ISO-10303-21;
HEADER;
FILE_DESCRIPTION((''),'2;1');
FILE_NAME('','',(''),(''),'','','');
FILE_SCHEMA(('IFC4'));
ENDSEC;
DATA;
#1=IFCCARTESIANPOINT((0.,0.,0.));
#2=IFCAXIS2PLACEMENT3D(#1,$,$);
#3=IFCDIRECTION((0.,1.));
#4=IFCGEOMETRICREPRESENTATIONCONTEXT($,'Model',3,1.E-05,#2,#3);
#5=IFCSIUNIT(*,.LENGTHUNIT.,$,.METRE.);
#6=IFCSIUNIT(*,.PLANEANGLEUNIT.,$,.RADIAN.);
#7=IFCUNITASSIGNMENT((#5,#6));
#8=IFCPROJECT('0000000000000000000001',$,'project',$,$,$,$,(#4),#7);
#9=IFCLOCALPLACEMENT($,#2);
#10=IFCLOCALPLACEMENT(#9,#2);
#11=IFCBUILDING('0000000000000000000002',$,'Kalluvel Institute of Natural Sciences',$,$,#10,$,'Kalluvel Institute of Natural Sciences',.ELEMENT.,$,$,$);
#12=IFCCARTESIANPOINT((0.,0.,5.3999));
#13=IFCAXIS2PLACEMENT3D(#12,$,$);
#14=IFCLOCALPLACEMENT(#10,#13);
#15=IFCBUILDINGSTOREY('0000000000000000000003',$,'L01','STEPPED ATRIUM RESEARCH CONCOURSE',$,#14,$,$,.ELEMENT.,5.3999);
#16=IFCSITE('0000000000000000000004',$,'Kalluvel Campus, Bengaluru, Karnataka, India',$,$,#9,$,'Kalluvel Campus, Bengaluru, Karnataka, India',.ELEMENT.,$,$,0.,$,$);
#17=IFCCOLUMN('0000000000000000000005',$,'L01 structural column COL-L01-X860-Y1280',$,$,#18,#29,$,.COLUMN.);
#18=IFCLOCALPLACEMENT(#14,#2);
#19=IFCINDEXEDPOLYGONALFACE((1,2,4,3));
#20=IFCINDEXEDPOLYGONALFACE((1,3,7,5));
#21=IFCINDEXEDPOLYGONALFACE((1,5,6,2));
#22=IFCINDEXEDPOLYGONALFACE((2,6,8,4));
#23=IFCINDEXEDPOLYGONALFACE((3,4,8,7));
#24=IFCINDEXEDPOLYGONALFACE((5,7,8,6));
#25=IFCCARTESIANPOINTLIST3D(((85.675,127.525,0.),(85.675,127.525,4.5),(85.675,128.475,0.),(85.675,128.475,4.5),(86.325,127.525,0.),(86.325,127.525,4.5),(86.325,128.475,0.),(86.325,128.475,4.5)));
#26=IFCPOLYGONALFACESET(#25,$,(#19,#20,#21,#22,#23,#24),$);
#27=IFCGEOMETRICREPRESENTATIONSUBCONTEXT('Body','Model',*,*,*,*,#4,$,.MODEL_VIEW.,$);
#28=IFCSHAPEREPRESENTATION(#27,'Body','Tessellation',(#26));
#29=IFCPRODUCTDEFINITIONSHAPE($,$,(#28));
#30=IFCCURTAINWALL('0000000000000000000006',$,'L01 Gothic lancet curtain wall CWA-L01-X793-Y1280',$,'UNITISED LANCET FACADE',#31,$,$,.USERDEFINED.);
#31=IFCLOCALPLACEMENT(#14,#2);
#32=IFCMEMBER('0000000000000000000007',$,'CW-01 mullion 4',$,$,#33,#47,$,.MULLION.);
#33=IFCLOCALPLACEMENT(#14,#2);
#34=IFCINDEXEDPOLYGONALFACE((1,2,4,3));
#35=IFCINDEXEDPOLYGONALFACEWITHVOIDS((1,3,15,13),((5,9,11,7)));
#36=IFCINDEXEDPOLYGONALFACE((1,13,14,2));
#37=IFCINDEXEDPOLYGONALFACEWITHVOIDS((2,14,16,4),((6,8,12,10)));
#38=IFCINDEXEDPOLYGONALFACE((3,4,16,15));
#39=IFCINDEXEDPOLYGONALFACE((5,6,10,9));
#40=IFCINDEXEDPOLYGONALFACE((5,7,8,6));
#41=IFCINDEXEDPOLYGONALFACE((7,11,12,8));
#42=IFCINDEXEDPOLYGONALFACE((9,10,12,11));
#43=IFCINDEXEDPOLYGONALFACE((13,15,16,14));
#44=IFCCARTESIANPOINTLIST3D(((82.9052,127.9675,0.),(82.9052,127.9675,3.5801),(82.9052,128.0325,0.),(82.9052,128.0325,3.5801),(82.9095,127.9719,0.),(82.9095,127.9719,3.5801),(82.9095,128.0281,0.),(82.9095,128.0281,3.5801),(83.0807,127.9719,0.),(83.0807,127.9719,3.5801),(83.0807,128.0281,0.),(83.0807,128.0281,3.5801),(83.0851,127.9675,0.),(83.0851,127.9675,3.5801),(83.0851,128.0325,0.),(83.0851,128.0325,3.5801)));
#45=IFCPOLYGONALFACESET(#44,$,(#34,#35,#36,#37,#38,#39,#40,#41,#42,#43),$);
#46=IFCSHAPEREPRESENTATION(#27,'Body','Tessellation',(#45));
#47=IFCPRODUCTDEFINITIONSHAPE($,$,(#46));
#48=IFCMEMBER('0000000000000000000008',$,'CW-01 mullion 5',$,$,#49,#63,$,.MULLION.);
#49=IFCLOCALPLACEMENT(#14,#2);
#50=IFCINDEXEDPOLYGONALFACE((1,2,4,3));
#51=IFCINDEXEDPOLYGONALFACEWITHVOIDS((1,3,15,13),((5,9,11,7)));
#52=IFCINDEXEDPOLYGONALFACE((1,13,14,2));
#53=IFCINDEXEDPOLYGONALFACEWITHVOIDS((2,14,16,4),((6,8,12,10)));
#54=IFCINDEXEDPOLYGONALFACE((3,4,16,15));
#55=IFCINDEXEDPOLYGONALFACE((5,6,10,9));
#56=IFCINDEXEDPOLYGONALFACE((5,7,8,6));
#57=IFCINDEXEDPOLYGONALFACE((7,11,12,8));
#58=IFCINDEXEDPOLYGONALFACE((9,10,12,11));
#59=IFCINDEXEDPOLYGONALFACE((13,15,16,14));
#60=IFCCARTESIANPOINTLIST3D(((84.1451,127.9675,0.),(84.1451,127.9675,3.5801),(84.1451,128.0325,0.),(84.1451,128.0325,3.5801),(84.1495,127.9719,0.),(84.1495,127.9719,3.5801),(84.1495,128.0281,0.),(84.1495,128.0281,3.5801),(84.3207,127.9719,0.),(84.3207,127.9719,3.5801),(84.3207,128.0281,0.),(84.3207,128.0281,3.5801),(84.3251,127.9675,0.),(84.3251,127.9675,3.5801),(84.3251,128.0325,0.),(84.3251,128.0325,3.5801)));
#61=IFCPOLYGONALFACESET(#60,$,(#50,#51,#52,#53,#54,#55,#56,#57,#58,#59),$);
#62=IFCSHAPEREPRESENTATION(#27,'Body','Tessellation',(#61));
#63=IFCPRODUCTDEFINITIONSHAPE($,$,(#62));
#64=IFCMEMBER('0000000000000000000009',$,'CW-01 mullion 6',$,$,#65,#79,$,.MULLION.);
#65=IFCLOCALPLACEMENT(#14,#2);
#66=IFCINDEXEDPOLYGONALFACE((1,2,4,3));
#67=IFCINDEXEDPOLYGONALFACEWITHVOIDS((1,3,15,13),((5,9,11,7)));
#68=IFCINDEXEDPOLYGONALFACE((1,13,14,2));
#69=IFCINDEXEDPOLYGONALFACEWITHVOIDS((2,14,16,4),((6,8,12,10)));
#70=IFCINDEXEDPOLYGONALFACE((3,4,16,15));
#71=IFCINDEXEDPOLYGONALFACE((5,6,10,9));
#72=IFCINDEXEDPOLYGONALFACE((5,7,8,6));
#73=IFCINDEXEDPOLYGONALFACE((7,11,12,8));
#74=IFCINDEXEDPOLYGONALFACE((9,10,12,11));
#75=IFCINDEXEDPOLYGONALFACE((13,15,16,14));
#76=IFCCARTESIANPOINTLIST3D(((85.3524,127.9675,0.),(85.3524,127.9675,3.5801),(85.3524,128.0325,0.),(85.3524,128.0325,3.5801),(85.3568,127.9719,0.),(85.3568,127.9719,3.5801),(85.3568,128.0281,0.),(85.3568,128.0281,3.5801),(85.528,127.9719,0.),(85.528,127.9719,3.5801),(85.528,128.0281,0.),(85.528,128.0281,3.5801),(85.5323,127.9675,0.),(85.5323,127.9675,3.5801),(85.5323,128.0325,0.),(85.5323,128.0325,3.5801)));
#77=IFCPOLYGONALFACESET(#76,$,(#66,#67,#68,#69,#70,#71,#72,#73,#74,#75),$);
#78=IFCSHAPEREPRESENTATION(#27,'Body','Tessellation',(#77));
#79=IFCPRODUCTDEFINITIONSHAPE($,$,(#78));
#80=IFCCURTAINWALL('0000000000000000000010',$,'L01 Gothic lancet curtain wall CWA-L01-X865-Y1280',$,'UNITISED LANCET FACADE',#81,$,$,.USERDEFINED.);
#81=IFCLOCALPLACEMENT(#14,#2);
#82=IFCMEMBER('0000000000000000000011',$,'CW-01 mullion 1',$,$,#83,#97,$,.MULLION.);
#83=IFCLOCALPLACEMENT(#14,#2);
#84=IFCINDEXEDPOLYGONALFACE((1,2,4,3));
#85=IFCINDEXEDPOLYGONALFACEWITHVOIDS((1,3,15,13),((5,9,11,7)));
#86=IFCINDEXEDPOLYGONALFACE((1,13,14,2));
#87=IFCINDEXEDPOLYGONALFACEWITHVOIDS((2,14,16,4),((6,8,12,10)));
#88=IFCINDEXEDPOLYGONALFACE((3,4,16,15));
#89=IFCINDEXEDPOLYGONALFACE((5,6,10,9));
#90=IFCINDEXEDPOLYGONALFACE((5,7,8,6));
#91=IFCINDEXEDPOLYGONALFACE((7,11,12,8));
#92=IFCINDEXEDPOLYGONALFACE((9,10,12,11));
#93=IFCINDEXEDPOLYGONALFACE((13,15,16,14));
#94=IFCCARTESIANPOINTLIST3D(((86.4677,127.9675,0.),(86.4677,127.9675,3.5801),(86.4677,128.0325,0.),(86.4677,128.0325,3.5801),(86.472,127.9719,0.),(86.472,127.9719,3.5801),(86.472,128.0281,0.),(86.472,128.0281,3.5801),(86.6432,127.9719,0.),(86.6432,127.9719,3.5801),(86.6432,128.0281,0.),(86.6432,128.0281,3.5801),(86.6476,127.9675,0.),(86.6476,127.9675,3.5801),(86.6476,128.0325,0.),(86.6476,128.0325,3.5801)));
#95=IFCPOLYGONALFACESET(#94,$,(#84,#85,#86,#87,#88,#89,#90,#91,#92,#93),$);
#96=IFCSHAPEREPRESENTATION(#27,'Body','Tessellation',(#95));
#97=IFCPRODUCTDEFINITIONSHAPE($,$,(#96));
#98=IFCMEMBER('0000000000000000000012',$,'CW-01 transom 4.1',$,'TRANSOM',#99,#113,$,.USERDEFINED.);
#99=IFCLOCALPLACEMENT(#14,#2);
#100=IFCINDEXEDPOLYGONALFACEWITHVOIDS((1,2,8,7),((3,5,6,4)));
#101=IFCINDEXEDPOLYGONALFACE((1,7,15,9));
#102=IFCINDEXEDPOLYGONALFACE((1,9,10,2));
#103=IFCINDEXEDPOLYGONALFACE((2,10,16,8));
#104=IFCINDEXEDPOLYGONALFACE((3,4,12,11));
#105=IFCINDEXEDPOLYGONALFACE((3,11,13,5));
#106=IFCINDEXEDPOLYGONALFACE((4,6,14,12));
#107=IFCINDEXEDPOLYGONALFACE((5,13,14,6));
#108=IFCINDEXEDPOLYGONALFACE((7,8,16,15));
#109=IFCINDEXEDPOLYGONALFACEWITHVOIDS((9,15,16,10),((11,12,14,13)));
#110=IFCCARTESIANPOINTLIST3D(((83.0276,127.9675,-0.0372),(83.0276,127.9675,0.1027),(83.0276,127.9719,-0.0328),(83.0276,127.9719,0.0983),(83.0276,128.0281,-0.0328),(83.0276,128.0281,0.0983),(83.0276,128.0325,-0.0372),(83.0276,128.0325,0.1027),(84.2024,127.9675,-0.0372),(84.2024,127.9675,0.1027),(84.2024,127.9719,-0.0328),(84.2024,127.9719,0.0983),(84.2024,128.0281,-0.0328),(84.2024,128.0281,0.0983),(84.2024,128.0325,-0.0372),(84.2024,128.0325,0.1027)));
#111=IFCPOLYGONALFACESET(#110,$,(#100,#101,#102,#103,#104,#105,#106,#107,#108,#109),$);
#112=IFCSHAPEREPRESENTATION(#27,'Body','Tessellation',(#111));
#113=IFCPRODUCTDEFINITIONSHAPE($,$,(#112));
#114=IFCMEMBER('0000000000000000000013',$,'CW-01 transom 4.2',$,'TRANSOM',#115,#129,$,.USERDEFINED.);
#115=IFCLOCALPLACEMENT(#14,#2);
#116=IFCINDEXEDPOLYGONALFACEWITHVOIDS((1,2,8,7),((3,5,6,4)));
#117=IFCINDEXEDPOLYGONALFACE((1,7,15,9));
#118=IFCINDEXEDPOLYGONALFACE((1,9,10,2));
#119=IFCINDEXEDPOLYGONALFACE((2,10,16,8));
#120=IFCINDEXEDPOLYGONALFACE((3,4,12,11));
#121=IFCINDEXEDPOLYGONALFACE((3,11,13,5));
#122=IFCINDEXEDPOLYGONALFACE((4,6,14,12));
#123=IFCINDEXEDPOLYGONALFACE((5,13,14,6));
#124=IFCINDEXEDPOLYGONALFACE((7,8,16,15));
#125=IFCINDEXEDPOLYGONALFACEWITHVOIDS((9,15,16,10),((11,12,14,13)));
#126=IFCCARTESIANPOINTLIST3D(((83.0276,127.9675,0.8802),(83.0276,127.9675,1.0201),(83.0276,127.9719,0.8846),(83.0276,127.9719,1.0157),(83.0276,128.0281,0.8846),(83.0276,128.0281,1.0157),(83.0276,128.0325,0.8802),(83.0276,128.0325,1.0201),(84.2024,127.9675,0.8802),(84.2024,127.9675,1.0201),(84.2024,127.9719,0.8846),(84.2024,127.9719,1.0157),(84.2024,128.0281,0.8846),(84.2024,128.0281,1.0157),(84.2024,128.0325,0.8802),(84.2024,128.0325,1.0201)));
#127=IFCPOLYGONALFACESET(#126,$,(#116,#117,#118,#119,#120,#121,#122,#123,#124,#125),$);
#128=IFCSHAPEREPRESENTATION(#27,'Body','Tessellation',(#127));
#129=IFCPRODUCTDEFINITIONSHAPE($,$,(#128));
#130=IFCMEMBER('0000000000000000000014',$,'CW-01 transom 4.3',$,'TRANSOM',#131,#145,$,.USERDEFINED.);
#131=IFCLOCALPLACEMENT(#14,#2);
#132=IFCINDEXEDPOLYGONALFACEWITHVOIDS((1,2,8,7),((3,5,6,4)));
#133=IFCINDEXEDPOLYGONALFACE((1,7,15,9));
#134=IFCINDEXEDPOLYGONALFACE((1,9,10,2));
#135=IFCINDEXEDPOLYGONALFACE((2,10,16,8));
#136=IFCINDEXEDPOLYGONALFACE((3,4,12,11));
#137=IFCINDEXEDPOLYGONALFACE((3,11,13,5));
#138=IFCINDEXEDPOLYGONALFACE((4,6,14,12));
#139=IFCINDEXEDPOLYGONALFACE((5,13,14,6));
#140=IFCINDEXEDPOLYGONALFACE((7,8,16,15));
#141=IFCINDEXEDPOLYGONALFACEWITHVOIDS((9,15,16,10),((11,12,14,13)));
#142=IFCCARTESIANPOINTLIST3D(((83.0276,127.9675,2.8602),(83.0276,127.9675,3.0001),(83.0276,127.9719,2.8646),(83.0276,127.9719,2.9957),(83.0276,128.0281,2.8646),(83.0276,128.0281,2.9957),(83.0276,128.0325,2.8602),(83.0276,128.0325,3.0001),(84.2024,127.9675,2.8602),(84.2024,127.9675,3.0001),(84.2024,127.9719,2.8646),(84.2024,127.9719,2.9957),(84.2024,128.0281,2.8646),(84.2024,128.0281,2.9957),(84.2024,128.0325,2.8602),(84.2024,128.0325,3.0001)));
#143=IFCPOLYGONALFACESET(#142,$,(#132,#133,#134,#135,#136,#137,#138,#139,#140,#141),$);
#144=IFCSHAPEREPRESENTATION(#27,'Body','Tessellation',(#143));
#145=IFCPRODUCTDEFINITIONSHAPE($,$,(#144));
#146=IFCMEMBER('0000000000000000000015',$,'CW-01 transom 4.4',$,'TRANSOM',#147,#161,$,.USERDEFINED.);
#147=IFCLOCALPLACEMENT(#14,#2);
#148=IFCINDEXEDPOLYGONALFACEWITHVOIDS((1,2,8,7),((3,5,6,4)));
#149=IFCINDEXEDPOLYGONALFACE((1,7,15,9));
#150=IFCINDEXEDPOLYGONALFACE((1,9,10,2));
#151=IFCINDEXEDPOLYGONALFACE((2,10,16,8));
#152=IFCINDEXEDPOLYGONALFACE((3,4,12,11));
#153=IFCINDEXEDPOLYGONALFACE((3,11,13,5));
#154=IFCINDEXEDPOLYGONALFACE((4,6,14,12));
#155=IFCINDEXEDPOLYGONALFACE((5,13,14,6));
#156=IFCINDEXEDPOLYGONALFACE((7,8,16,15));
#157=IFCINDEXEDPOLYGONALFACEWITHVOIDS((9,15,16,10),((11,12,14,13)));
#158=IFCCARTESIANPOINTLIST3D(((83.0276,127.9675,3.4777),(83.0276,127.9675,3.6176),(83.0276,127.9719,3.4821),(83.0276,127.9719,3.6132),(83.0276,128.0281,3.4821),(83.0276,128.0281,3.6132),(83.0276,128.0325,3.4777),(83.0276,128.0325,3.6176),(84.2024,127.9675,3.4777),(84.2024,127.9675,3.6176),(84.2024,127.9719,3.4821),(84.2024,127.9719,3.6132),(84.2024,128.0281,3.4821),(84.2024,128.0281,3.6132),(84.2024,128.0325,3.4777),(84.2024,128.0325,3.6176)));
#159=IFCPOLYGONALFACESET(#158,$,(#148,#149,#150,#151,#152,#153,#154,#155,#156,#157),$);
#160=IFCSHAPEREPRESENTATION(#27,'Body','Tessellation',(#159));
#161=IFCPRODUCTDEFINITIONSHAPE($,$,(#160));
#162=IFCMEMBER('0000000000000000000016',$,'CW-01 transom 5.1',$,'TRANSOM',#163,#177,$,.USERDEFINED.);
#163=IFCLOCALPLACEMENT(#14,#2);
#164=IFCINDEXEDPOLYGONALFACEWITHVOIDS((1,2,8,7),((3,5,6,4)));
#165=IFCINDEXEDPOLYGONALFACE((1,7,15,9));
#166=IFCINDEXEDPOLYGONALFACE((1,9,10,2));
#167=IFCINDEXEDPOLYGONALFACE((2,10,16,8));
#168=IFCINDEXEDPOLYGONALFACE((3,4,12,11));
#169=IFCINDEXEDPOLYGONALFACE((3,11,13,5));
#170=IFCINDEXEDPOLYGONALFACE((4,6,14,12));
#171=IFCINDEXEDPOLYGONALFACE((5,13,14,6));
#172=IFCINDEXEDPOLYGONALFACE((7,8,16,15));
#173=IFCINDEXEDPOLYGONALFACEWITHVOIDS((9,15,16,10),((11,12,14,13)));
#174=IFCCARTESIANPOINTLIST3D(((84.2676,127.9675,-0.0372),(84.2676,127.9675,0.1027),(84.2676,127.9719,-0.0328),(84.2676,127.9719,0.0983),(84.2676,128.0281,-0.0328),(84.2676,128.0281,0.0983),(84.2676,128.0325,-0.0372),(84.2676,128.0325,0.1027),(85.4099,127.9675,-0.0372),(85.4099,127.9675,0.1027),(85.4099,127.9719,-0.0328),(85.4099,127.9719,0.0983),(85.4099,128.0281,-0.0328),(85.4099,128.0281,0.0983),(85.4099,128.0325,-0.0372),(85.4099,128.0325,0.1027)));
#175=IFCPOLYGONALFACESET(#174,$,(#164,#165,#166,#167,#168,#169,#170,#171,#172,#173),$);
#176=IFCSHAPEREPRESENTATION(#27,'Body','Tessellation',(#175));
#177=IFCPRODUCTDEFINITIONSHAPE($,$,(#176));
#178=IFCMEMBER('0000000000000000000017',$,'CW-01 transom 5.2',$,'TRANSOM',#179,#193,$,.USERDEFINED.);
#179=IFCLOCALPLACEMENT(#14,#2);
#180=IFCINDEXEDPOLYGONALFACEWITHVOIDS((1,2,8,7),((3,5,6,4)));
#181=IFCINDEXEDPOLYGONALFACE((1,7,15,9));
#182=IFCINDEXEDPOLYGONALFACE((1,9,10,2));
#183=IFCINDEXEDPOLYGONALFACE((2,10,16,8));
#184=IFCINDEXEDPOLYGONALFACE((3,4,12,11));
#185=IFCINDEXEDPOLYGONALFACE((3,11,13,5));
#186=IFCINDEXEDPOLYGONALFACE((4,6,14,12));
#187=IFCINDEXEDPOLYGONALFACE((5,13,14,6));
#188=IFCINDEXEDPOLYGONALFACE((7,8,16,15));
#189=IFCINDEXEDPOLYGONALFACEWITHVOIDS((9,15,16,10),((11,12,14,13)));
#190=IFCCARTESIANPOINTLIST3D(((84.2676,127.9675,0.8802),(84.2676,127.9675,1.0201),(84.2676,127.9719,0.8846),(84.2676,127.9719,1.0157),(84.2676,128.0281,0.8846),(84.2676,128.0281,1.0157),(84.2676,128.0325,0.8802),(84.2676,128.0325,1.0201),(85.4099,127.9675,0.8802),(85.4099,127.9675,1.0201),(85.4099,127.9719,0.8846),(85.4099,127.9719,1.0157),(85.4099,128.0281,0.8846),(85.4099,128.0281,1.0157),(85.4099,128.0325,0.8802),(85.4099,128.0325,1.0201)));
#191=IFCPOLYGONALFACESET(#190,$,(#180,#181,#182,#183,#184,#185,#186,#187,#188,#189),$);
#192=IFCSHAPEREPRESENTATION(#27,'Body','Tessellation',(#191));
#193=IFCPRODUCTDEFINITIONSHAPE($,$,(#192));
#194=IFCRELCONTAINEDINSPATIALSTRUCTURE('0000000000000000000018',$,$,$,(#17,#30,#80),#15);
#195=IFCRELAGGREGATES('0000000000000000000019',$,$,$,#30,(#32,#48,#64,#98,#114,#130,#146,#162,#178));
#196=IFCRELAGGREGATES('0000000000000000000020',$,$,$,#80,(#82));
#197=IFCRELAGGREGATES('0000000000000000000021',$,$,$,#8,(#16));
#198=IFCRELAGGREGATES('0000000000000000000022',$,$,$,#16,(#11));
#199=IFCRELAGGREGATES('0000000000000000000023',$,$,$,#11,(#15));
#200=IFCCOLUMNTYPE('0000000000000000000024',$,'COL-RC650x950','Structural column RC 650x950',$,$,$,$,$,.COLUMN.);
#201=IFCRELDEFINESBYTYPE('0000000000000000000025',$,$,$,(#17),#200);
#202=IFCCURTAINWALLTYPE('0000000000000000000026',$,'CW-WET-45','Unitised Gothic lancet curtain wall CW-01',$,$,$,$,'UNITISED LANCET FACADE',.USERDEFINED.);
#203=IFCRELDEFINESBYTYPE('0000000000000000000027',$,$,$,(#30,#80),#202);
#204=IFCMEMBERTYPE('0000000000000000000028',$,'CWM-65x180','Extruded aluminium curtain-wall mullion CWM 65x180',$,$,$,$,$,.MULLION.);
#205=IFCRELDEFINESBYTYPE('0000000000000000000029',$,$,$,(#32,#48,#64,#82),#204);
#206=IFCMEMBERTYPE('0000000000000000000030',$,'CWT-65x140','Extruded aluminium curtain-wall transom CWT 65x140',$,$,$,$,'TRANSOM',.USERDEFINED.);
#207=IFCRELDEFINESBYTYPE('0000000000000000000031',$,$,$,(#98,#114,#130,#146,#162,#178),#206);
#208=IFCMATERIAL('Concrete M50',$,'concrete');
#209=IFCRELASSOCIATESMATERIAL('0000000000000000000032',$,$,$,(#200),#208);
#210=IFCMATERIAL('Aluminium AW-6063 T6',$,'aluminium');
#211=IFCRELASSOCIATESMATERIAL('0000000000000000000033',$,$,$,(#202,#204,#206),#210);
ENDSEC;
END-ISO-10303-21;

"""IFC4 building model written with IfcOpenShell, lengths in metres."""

from ifc_helpers import new_model, si_unit, direction, frame, origin, origin_2d, place, context, subcontext, project, spatial, rectangle, hollow_rectangle, extrude, material, material_profile, profile_set, type_object, element, aggregate, save


model = new_model("IFC4")

# Units and contexts
model_context = context("Model", 3, precision=1e-05, world=origin(), true_north=direction((0.0, 1.0)))
body_context = subcontext(model_context, "Body", "Model", "MODEL_VIEW")
ifc_project = project(units=[si_unit("LENGTHUNIT", "METRE"), si_unit("PLANEANGLEUNIT", "RADIAN")], contexts=[model_context])

# Site, building, storey
site_placement = place(None, origin())
site = spatial("IfcSite", under=ifc_project, at=site_placement, Name="Kalluvel Campus, Bengaluru, Karnataka, India", LongName="Kalluvel Campus, Bengaluru, Karnataka, India", CompositionType="ELEMENT", RefElevation=0.0)
building_placement = place(site_placement, origin())
building = spatial("IfcBuilding", under=site, at=building_placement, Name="Kalluvel Institute of Natural Sciences", LongName="Kalluvel Institute of Natural Sciences", CompositionType="ELEMENT")
storey_placement = place(building_placement, frame((0.0, 0.0, 5.3999)))
storey = spatial("IfcBuildingStorey", under=building, at=storey_placement, Name="L01", Description="STEPPED ATRIUM RESEARCH CONCOURSE", CompositionType="ELEMENT", Elevation=5.3999)

# Column
ifc_material_1 = material(Name="Concrete M50", Category="concrete")
ifc_material_profile_1 = material_profile(ifc_material_1, rectangle(XDim=0.6499, YDim=0.95, at=origin_2d()), Name="RC 650x950")
ifc_profile_set_1 = profile_set([ifc_material_profile_1], Name="Concrete M50")
column_type = type_object("IfcColumnType", Name="COL-RC650x950", Description="Structural column RC 650x950", PredefinedType="COLUMN", material=ifc_profile_set_1)
column_placement = place(storey_placement, frame((86.0, 128.0, 0.0), z_axis=(0.0, 0.0, 1.0), x_axis=(1.0, 0.0, 0.0)))
element("IfcColumn", 1, at=column_placement, inside=storey, type_object=column_type, Name="L01 structural column COL-L01-X860-Y1280", PredefinedType="COLUMN", context=body_context, shape_type="SweptSolid", body=[
    extrude(rectangle(XDim=0.6499, YDim=0.95, at=origin_2d()), origin(), (0.0, 0.0, 1.0), 4.5),
])

# Curtain wall, members
ifc_material_2 = material(Name="Aluminium AW-6063 T6", Category="aluminium")
curtain_wall_type = type_object("IfcCurtainWallType", Name="CW-WET-45", Description="Unitised Gothic lancet curtain wall CW-01", ElementType="UNITISED LANCET FACADE", PredefinedType="USERDEFINED", material=ifc_material_2)
curtain_wall_1_placement = place(storey_placement, origin())
curtain_wall_1 = element("IfcCurtainWall", 2, at=curtain_wall_1_placement, inside=storey, type_object=curtain_wall_type, Name="L01 Gothic lancet curtain wall CWA-L01-X793-Y1280", ObjectType="UNITISED LANCET FACADE", PredefinedType="USERDEFINED")
ifc_material_profile_2 = material_profile(ifc_material_2, hollow_rectangle(XDim=0.0649, YDim=0.1799, WallThickness=0.0044, at=origin_2d()), Name="CWM 65x180")
ifc_profile_set_2 = profile_set([ifc_material_profile_2], Name="Aluminium AW-6063 T6")
member_type_1 = type_object("IfcMemberType", Name="CWM-65x180", Description="Extruded aluminium curtain-wall mullion CWM 65x180", PredefinedType="MULLION", material=ifc_profile_set_2)
member_1_placement = place(storey_placement, frame((82.9951, 128.0, 0.0), z_axis=(0.0, 0.0, 1.0), x_axis=(0.0, 1.0, 0.0)))
member_1 = element("IfcMember", 3, at=member_1_placement, type_object=member_type_1, Name="CW-01 mullion 4", PredefinedType="MULLION", context=body_context, shape_type="SweptSolid", body=[
    extrude(hollow_rectangle(XDim=0.0649, YDim=0.1799, WallThickness=0.0044, at=origin_2d()), origin(), (0.0, 0.0, 1.0), 3.5801),
])
member_2_placement = place(storey_placement, frame((84.2351, 128.0, 0.0), z_axis=(0.0, 0.0, 1.0), x_axis=(0.0, 1.0, 0.0)))
member_2 = element("IfcMember", 4, at=member_2_placement, type_object=member_type_1, Name="CW-01 mullion 5", PredefinedType="MULLION", context=body_context, shape_type="SweptSolid", body=[
    extrude(hollow_rectangle(XDim=0.0649, YDim=0.1799, WallThickness=0.0044, at=origin_2d()), origin(), (0.0, 0.0, 1.0), 3.5801),
])
member_3_placement = place(storey_placement, frame((85.4424, 128.0, 0.0), z_axis=(0.0, 0.0, 1.0), x_axis=(0.0, 1.0, 0.0)))
member_3 = element("IfcMember", 5, at=member_3_placement, type_object=member_type_1, Name="CW-01 mullion 6", PredefinedType="MULLION", context=body_context, shape_type="SweptSolid", body=[
    extrude(hollow_rectangle(XDim=0.0649, YDim=0.1799, WallThickness=0.0044, at=origin_2d()), origin(), (0.0, 0.0, 1.0), 3.5801),
])

# Curtain wall, member
curtain_wall_2_placement = place(storey_placement, origin())
curtain_wall_2 = element("IfcCurtainWall", 6, at=curtain_wall_2_placement, inside=storey, type_object=curtain_wall_type, Name="L01 Gothic lancet curtain wall CWA-L01-X865-Y1280", ObjectType="UNITISED LANCET FACADE", PredefinedType="USERDEFINED")
member_4_placement = place(storey_placement, frame((86.5576, 128.0, 0.0), z_axis=(0.0, 0.0, 1.0), x_axis=(0.0, 1.0, 0.0)))
member_4 = element("IfcMember", 7, at=member_4_placement, type_object=member_type_1, Name="CW-01 mullion 1", PredefinedType="MULLION", context=body_context, shape_type="SweptSolid", body=[
    extrude(hollow_rectangle(XDim=0.0649, YDim=0.1799, WallThickness=0.0044, at=origin_2d()), origin(), (0.0, 0.0, 1.0), 3.5801),
])

# Members
ifc_material_profile_3 = material_profile(ifc_material_2, hollow_rectangle(XDim=0.0649, YDim=0.1399, WallThickness=0.0044, at=origin_2d()), Name="CWT 65x140")
ifc_profile_set_3 = profile_set([ifc_material_profile_3], Name="Aluminium AW-6063 T6")
member_type_2 = type_object("IfcMemberType", Name="CWT-65x140", Description="Extruded aluminium curtain-wall transom CWT 65x140", ElementType="TRANSOM", PredefinedType="USERDEFINED", material=ifc_profile_set_3)
member_5_placement = place(storey_placement, frame((83.0276, 128.0, 0.0327), z_axis=(1.0, 0.0, 0.0), x_axis=(0.0, 1.0, 0.0)))
member_5 = element("IfcMember", 8, at=member_5_placement, type_object=member_type_2, Name="CW-01 transom 4.1", ObjectType="TRANSOM", PredefinedType="USERDEFINED", context=body_context, shape_type="SweptSolid", body=[
    extrude(hollow_rectangle(XDim=0.0649, YDim=0.1399, WallThickness=0.0044, at=origin_2d()), origin(), (0.0, 0.0, 1.0), 1.1748),
])
member_6_placement = place(storey_placement, frame((83.0276, 128.0, 0.9502), z_axis=(1.0, 0.0, 0.0), x_axis=(0.0, 1.0, 0.0)))
member_6 = element("IfcMember", 9, at=member_6_placement, type_object=member_type_2, Name="CW-01 transom 4.2", ObjectType="TRANSOM", PredefinedType="USERDEFINED", context=body_context, shape_type="SweptSolid", body=[
    extrude(hollow_rectangle(XDim=0.0649, YDim=0.1399, WallThickness=0.0044, at=origin_2d()), origin(), (0.0, 0.0, 1.0), 1.1748),
])
member_7_placement = place(storey_placement, frame((83.0276, 128.0, 2.9302), z_axis=(1.0, 0.0, 0.0), x_axis=(0.0, 1.0, 0.0)))
member_7 = element("IfcMember", 10, at=member_7_placement, type_object=member_type_2, Name="CW-01 transom 4.3", ObjectType="TRANSOM", PredefinedType="USERDEFINED", context=body_context, shape_type="SweptSolid", body=[
    extrude(hollow_rectangle(XDim=0.0649, YDim=0.1399, WallThickness=0.0044, at=origin_2d()), origin(), (0.0, 0.0, 1.0), 1.1748),
])
member_8_placement = place(storey_placement, frame((83.0276, 128.0, 3.5476), z_axis=(1.0, 0.0, 0.0), x_axis=(0.0, 1.0, 0.0)))
member_8 = element("IfcMember", 11, at=member_8_placement, type_object=member_type_2, Name="CW-01 transom 4.4", ObjectType="TRANSOM", PredefinedType="USERDEFINED", context=body_context, shape_type="SweptSolid", body=[
    extrude(hollow_rectangle(XDim=0.0649, YDim=0.1399, WallThickness=0.0044, at=origin_2d()), origin(), (0.0, 0.0, 1.0), 1.1748),
])
member_9_placement = place(storey_placement, frame((84.2676, 128.0, 0.0327), z_axis=(1.0, 0.0, 0.0), x_axis=(0.0, 1.0, 0.0)))
member_9 = element("IfcMember", 12, at=member_9_placement, type_object=member_type_2, Name="CW-01 transom 5.1", ObjectType="TRANSOM", PredefinedType="USERDEFINED", context=body_context, shape_type="SweptSolid", body=[
    extrude(hollow_rectangle(XDim=0.0649, YDim=0.1399, WallThickness=0.0044, at=origin_2d()), origin(), (0.0, 0.0, 1.0), 1.1423),
])
member_10_placement = place(storey_placement, frame((84.2676, 128.0, 0.9502), z_axis=(1.0, 0.0, 0.0), x_axis=(0.0, 1.0, 0.0)))
member_10 = element("IfcMember", 13, at=member_10_placement, type_object=member_type_2, Name="CW-01 transom 5.2", ObjectType="TRANSOM", PredefinedType="USERDEFINED", context=body_context, shape_type="SweptSolid", body=[
    extrude(hollow_rectangle(XDim=0.0649, YDim=0.1399, WallThickness=0.0044, at=origin_2d()), origin(), (0.0, 0.0, 1.0), 1.1423),
])

aggregate(curtain_wall_1, [member_1, member_2, member_3, member_5, member_6, member_7, member_8, member_9, member_10])
aggregate(curtain_wall_2, [member_4])

save(model, "model.ifc")
